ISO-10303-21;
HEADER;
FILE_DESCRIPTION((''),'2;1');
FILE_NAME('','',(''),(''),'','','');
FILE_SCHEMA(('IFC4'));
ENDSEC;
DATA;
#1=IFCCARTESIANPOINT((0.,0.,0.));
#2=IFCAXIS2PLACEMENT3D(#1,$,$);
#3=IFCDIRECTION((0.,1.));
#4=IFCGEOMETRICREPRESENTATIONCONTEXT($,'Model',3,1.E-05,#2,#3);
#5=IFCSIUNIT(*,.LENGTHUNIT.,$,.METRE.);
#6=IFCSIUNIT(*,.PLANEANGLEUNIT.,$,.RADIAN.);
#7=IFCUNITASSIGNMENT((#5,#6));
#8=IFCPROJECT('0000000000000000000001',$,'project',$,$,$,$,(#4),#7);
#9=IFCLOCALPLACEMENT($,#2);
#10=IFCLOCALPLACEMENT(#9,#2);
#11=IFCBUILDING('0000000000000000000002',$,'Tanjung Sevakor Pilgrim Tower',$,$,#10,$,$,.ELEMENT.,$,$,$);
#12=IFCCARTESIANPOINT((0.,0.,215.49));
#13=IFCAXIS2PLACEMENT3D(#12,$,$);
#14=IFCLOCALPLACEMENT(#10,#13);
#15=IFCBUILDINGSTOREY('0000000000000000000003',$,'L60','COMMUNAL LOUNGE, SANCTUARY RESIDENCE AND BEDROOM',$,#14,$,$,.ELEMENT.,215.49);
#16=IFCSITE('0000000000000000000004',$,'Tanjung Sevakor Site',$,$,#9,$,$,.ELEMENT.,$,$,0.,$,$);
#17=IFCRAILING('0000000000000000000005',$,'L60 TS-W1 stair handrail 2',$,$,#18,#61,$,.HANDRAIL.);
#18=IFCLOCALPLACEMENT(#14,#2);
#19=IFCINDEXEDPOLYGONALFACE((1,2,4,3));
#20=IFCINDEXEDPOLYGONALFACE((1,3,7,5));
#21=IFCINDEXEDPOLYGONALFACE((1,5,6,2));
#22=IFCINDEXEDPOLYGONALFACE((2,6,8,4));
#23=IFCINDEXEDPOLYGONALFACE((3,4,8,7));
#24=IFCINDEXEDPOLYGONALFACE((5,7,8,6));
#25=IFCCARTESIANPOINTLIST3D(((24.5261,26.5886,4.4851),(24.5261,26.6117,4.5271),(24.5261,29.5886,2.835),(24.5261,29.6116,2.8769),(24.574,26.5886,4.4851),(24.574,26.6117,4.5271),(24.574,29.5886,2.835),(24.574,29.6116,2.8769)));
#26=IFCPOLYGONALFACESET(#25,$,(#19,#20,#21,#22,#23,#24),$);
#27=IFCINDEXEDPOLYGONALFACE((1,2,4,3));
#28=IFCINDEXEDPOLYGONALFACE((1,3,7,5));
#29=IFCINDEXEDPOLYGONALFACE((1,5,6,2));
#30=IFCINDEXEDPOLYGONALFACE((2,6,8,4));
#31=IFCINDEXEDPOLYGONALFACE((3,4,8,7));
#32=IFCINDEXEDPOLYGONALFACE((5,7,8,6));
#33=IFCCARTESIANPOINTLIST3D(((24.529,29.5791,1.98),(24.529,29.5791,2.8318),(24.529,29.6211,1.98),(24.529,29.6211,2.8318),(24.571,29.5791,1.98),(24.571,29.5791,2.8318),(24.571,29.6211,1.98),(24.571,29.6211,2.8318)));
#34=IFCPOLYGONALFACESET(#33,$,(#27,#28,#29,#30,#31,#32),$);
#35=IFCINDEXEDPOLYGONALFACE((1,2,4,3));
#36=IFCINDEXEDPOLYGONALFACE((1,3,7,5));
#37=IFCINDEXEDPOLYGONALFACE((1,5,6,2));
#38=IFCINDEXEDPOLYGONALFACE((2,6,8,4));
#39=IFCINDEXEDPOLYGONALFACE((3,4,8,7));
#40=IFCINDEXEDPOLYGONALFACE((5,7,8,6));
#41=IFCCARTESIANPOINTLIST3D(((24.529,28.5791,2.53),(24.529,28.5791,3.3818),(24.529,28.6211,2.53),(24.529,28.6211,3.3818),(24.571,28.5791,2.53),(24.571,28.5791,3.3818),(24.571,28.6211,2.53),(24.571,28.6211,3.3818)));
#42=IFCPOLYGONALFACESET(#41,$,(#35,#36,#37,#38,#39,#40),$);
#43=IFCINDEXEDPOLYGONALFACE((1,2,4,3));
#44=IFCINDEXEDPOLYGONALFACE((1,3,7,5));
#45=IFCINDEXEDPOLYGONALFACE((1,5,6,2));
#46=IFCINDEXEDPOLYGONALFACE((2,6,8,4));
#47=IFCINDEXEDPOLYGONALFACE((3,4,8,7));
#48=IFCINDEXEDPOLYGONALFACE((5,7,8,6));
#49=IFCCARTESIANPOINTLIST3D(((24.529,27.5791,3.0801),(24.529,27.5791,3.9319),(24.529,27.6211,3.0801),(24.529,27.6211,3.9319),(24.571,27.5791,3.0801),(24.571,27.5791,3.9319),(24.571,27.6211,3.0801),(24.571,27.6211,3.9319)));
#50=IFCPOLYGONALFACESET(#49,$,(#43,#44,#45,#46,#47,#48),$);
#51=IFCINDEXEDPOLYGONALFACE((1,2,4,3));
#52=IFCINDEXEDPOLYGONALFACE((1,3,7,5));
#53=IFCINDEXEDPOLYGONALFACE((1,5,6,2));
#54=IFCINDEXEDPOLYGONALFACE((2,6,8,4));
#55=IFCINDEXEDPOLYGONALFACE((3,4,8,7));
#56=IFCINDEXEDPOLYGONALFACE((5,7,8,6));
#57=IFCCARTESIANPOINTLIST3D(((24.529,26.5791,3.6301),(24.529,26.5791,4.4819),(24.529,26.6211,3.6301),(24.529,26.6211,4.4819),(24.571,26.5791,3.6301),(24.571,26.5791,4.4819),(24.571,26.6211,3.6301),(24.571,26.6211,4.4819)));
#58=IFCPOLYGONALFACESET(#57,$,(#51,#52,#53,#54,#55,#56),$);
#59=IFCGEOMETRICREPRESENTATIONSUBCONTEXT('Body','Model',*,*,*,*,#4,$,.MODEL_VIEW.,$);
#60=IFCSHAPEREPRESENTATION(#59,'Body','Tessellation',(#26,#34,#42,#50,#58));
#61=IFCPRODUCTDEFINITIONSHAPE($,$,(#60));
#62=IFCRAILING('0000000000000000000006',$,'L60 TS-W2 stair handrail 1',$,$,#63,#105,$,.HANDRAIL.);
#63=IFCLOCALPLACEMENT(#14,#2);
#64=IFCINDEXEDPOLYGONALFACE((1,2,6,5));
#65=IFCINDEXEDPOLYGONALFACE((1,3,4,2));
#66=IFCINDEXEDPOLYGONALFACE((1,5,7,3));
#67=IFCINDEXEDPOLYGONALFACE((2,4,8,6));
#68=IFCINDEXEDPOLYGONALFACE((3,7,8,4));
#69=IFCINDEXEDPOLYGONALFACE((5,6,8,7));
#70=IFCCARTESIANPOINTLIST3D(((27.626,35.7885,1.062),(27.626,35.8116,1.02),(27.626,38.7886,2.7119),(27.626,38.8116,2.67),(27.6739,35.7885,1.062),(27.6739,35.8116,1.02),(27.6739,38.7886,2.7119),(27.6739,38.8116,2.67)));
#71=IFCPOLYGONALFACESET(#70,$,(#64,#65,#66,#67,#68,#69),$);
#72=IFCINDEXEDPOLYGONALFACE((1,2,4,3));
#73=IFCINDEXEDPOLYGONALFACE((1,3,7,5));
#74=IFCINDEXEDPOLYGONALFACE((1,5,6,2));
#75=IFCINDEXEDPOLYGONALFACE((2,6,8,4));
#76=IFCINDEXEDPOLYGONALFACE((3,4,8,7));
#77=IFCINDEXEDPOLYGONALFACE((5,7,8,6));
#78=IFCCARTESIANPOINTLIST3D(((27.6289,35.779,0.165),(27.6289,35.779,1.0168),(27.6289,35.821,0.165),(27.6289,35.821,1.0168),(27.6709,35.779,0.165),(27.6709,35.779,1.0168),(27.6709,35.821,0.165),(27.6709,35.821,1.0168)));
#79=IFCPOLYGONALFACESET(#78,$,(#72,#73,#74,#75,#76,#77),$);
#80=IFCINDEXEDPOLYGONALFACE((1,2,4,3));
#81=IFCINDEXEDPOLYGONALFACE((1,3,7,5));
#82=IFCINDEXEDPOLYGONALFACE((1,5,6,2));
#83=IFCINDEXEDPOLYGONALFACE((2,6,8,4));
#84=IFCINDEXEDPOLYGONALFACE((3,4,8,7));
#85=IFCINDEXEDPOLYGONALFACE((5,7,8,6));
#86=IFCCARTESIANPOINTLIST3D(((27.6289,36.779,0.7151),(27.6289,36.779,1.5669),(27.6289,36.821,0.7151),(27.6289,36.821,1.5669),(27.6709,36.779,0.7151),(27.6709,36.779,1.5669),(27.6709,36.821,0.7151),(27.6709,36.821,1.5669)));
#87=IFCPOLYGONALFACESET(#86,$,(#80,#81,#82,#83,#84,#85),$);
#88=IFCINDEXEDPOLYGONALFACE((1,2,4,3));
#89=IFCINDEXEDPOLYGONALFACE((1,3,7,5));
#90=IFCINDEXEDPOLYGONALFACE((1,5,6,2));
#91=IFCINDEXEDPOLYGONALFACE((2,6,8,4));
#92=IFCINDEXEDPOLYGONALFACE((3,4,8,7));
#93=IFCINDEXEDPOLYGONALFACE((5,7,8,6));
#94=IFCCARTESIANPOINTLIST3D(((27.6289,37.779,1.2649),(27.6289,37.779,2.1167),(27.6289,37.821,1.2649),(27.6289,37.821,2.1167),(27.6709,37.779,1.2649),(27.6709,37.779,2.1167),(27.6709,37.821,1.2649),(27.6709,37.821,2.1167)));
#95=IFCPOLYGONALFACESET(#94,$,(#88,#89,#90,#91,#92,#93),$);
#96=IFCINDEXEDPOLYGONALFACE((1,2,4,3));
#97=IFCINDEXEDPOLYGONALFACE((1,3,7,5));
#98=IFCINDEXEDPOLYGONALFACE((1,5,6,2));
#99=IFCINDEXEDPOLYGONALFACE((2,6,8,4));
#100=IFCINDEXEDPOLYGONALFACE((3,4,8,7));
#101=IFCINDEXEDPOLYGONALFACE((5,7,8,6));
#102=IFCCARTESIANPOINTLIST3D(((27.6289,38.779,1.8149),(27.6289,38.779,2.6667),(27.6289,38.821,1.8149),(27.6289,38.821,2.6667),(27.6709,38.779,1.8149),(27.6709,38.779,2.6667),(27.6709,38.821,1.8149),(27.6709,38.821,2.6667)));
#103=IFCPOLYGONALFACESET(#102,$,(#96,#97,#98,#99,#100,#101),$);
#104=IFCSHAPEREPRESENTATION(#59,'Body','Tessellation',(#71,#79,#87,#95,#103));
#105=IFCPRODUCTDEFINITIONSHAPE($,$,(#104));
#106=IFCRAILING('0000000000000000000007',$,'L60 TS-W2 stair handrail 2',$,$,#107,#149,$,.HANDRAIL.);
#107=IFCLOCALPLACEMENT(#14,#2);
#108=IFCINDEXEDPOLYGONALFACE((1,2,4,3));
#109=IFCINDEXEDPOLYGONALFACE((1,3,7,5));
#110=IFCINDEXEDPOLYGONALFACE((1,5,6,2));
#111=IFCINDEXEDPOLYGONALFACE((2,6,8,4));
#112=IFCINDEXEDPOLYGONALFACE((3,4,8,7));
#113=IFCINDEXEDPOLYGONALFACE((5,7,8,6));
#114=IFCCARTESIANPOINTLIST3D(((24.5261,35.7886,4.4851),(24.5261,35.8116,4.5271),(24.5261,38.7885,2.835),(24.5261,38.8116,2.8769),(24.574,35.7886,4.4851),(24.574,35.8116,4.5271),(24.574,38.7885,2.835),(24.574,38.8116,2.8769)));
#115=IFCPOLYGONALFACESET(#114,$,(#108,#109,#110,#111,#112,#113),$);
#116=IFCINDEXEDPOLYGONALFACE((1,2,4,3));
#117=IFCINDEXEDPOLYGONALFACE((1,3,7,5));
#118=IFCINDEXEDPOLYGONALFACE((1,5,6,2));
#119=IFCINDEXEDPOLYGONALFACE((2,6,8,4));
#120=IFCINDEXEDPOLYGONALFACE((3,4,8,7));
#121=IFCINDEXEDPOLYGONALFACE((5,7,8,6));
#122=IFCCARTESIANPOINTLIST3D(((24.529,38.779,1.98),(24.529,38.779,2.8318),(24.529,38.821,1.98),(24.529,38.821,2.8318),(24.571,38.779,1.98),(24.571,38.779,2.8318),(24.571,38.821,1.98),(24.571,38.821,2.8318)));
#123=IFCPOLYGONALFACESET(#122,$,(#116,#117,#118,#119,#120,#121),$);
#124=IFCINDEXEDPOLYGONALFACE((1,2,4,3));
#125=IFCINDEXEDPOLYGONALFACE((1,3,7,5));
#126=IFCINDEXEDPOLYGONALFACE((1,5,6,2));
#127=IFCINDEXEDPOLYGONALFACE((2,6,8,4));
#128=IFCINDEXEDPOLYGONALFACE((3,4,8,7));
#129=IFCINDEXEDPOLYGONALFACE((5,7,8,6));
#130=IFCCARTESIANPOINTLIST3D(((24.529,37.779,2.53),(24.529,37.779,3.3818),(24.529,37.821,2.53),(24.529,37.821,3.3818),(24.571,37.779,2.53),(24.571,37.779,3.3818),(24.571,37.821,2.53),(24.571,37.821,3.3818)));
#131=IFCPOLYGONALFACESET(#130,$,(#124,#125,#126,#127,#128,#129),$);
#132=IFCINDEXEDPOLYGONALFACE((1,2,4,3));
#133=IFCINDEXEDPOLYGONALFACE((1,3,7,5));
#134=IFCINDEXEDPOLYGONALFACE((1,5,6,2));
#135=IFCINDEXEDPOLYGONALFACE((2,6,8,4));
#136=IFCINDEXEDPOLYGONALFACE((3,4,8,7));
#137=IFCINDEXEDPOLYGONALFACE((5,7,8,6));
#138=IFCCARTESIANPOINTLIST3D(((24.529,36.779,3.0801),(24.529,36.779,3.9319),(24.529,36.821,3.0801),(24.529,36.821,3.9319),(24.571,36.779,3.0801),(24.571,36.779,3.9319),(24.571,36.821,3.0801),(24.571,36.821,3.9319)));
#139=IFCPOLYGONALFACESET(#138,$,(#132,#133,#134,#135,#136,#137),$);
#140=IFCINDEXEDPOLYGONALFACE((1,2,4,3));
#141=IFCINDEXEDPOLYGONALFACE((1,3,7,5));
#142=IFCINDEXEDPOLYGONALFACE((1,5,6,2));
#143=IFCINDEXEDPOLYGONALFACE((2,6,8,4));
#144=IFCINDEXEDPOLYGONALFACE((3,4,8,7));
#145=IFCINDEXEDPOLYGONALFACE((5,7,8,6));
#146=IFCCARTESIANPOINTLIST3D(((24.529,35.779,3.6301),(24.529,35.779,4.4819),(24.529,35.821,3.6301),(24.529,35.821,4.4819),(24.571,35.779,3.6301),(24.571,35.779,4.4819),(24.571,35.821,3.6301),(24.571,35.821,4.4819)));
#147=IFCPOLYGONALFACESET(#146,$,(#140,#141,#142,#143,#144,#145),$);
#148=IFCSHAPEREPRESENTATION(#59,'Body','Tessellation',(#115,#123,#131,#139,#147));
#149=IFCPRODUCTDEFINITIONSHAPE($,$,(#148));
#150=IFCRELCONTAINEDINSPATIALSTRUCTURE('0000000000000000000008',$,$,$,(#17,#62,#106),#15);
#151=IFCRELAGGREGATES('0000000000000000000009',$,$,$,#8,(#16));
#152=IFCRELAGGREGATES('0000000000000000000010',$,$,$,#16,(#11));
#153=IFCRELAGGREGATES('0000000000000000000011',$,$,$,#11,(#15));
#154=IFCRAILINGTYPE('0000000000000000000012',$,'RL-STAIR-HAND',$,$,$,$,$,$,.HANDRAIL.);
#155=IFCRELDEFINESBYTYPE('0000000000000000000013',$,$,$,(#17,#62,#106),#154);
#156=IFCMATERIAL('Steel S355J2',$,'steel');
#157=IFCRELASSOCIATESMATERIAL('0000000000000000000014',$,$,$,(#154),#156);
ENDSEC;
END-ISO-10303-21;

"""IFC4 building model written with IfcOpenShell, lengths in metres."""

from ifc_helpers import new_model, si_unit, direction, frame, origin, place, context, subcontext, project, spatial, rectangle, extrude, material, type_object, element, save


model = new_model("IFC4")

# Units and contexts
model_context = context("Model", 3, precision=1e-05, world=origin(), true_north=direction((0.0, 1.0)))
body_context = subcontext(model_context, "Body", "Model", "MODEL_VIEW")
ifc_project = project(units=[si_unit("LENGTHUNIT", "METRE"), si_unit("PLANEANGLEUNIT", "RADIAN")], contexts=[model_context])

# Site, building, storey
site_placement = place(None, origin())
site = spatial("IfcSite", under=ifc_project, at=site_placement, Name="Tanjung Sevakor Site", CompositionType="ELEMENT", RefElevation=0.0)
building_placement = place(site_placement, origin())
building = spatial("IfcBuilding", under=site, at=building_placement, Name="Tanjung Sevakor Pilgrim Tower", CompositionType="ELEMENT")
storey_placement = place(building_placement, frame((0.0, 0.0, 215.49)))
storey = spatial("IfcBuildingStorey", under=building, at=storey_placement, Name="L60", Description="COMMUNAL LOUNGE, SANCTUARY RESIDENCE AND BEDROOM", CompositionType="ELEMENT", Elevation=215.49)

# Railings
ifc_material_1 = material(Name="Steel S355J2", Category="steel")
railing_type_1 = type_object("IfcRailingType", Name="RL-STAIR-HAND", PredefinedType="HANDRAIL", material=ifc_material_1)
railing_1_placement = place(storey_placement, frame((24.55, 29.6001, 1.98)))
element("IfcRailing", 1, at=railing_1_placement, inside=storey, type_object=railing_type_1, Name="L60 TS-W1 stair handrail 2", PredefinedType="HANDRAIL", context=body_context, shape_type="SweptSolid", body=[
    extrude(rectangle(XDim=0.0479, YDim=0.0479), frame((0.0, 0.0, 0.876), z_axis=(0.0, -0.876198, 0.481952), x_axis=(1.0, 0.0, 0.0)), (0.0, 0.0, 1.0), 3.4238),
    extrude(rectangle(XDim=0.042, YDim=0.042), origin(), (0.0, 0.0, 1.0), 0.8518),
    extrude(rectangle(XDim=0.042, YDim=0.042), frame((0.0, -1.0, 0.55)), (0.0, 0.0, 1.0), 0.8518),
    extrude(rectangle(XDim=0.042, YDim=0.042), frame((0.0, -2.0, 1.1001)), (0.0, 0.0, 1.0), 0.8518),
    extrude(rectangle(XDim=0.042, YDim=0.042), frame((0.0, -3.0, 1.6501)), (0.0, 0.0, 1.0), 0.8518),
])
railing_2_placement = place(storey_placement, frame((27.6499, 35.8, 0.165)))
element("IfcRailing", 2, at=railing_2_placement, inside=storey, type_object=railing_type_1, Name="L60 TS-W2 stair handrail 1", PredefinedType="HANDRAIL", context=body_context, shape_type="SweptSolid", body=[
    extrude(rectangle(XDim=0.0479, YDim=0.0479), frame((0.0, 0.0, 0.876), z_axis=(0.0, 0.876228, 0.481897), x_axis=(-1.0, 0.0, 0.0)), (0.0, 0.0, 1.0), 3.4238),
    extrude(rectangle(XDim=0.042, YDim=0.042), origin(), (0.0, 0.0, 1.0), 0.8518),
    extrude(rectangle(XDim=0.042, YDim=0.042), frame((0.0, 1.0, 0.55)), (0.0, 0.0, 1.0), 0.8518),
    extrude(rectangle(XDim=0.042, YDim=0.042), frame((0.0, 2.0, 1.0999)), (0.0, 0.0, 1.0), 0.8518),
    extrude(rectangle(XDim=0.042, YDim=0.042), frame((0.0, 3.0, 1.6499)), (0.0, 0.0, 1.0), 0.8518),
])
railing_3_placement = place(storey_placement, frame((24.55, 38.8, 1.98)))
element("IfcRailing", 3, at=railing_3_placement, inside=storey, type_object=railing_type_1, Name="L60 TS-W2 stair handrail 2", PredefinedType="HANDRAIL", context=body_context, shape_type="SweptSolid", body=[
    extrude(rectangle(XDim=0.0479, YDim=0.0479), frame((0.0, 0.0, 0.876), z_axis=(0.0, -0.876198, 0.481952), x_axis=(1.0, 0.0, 0.0)), (0.0, 0.0, 1.0), 3.4238),
    extrude(rectangle(XDim=0.042, YDim=0.042), origin(), (0.0, 0.0, 1.0), 0.8518),
    extrude(rectangle(XDim=0.042, YDim=0.042), frame((0.0, -1.0, 0.55)), (0.0, 0.0, 1.0), 0.8518),
    extrude(rectangle(XDim=0.042, YDim=0.042), frame((0.0, -2.0, 1.1001)), (0.0, 0.0, 1.0), 0.8518),
    extrude(rectangle(XDim=0.042, YDim=0.042), frame((0.0, -3.0, 1.6501)), (0.0, 0.0, 1.0), 0.8518),
])

save(model, "model.ifc")
